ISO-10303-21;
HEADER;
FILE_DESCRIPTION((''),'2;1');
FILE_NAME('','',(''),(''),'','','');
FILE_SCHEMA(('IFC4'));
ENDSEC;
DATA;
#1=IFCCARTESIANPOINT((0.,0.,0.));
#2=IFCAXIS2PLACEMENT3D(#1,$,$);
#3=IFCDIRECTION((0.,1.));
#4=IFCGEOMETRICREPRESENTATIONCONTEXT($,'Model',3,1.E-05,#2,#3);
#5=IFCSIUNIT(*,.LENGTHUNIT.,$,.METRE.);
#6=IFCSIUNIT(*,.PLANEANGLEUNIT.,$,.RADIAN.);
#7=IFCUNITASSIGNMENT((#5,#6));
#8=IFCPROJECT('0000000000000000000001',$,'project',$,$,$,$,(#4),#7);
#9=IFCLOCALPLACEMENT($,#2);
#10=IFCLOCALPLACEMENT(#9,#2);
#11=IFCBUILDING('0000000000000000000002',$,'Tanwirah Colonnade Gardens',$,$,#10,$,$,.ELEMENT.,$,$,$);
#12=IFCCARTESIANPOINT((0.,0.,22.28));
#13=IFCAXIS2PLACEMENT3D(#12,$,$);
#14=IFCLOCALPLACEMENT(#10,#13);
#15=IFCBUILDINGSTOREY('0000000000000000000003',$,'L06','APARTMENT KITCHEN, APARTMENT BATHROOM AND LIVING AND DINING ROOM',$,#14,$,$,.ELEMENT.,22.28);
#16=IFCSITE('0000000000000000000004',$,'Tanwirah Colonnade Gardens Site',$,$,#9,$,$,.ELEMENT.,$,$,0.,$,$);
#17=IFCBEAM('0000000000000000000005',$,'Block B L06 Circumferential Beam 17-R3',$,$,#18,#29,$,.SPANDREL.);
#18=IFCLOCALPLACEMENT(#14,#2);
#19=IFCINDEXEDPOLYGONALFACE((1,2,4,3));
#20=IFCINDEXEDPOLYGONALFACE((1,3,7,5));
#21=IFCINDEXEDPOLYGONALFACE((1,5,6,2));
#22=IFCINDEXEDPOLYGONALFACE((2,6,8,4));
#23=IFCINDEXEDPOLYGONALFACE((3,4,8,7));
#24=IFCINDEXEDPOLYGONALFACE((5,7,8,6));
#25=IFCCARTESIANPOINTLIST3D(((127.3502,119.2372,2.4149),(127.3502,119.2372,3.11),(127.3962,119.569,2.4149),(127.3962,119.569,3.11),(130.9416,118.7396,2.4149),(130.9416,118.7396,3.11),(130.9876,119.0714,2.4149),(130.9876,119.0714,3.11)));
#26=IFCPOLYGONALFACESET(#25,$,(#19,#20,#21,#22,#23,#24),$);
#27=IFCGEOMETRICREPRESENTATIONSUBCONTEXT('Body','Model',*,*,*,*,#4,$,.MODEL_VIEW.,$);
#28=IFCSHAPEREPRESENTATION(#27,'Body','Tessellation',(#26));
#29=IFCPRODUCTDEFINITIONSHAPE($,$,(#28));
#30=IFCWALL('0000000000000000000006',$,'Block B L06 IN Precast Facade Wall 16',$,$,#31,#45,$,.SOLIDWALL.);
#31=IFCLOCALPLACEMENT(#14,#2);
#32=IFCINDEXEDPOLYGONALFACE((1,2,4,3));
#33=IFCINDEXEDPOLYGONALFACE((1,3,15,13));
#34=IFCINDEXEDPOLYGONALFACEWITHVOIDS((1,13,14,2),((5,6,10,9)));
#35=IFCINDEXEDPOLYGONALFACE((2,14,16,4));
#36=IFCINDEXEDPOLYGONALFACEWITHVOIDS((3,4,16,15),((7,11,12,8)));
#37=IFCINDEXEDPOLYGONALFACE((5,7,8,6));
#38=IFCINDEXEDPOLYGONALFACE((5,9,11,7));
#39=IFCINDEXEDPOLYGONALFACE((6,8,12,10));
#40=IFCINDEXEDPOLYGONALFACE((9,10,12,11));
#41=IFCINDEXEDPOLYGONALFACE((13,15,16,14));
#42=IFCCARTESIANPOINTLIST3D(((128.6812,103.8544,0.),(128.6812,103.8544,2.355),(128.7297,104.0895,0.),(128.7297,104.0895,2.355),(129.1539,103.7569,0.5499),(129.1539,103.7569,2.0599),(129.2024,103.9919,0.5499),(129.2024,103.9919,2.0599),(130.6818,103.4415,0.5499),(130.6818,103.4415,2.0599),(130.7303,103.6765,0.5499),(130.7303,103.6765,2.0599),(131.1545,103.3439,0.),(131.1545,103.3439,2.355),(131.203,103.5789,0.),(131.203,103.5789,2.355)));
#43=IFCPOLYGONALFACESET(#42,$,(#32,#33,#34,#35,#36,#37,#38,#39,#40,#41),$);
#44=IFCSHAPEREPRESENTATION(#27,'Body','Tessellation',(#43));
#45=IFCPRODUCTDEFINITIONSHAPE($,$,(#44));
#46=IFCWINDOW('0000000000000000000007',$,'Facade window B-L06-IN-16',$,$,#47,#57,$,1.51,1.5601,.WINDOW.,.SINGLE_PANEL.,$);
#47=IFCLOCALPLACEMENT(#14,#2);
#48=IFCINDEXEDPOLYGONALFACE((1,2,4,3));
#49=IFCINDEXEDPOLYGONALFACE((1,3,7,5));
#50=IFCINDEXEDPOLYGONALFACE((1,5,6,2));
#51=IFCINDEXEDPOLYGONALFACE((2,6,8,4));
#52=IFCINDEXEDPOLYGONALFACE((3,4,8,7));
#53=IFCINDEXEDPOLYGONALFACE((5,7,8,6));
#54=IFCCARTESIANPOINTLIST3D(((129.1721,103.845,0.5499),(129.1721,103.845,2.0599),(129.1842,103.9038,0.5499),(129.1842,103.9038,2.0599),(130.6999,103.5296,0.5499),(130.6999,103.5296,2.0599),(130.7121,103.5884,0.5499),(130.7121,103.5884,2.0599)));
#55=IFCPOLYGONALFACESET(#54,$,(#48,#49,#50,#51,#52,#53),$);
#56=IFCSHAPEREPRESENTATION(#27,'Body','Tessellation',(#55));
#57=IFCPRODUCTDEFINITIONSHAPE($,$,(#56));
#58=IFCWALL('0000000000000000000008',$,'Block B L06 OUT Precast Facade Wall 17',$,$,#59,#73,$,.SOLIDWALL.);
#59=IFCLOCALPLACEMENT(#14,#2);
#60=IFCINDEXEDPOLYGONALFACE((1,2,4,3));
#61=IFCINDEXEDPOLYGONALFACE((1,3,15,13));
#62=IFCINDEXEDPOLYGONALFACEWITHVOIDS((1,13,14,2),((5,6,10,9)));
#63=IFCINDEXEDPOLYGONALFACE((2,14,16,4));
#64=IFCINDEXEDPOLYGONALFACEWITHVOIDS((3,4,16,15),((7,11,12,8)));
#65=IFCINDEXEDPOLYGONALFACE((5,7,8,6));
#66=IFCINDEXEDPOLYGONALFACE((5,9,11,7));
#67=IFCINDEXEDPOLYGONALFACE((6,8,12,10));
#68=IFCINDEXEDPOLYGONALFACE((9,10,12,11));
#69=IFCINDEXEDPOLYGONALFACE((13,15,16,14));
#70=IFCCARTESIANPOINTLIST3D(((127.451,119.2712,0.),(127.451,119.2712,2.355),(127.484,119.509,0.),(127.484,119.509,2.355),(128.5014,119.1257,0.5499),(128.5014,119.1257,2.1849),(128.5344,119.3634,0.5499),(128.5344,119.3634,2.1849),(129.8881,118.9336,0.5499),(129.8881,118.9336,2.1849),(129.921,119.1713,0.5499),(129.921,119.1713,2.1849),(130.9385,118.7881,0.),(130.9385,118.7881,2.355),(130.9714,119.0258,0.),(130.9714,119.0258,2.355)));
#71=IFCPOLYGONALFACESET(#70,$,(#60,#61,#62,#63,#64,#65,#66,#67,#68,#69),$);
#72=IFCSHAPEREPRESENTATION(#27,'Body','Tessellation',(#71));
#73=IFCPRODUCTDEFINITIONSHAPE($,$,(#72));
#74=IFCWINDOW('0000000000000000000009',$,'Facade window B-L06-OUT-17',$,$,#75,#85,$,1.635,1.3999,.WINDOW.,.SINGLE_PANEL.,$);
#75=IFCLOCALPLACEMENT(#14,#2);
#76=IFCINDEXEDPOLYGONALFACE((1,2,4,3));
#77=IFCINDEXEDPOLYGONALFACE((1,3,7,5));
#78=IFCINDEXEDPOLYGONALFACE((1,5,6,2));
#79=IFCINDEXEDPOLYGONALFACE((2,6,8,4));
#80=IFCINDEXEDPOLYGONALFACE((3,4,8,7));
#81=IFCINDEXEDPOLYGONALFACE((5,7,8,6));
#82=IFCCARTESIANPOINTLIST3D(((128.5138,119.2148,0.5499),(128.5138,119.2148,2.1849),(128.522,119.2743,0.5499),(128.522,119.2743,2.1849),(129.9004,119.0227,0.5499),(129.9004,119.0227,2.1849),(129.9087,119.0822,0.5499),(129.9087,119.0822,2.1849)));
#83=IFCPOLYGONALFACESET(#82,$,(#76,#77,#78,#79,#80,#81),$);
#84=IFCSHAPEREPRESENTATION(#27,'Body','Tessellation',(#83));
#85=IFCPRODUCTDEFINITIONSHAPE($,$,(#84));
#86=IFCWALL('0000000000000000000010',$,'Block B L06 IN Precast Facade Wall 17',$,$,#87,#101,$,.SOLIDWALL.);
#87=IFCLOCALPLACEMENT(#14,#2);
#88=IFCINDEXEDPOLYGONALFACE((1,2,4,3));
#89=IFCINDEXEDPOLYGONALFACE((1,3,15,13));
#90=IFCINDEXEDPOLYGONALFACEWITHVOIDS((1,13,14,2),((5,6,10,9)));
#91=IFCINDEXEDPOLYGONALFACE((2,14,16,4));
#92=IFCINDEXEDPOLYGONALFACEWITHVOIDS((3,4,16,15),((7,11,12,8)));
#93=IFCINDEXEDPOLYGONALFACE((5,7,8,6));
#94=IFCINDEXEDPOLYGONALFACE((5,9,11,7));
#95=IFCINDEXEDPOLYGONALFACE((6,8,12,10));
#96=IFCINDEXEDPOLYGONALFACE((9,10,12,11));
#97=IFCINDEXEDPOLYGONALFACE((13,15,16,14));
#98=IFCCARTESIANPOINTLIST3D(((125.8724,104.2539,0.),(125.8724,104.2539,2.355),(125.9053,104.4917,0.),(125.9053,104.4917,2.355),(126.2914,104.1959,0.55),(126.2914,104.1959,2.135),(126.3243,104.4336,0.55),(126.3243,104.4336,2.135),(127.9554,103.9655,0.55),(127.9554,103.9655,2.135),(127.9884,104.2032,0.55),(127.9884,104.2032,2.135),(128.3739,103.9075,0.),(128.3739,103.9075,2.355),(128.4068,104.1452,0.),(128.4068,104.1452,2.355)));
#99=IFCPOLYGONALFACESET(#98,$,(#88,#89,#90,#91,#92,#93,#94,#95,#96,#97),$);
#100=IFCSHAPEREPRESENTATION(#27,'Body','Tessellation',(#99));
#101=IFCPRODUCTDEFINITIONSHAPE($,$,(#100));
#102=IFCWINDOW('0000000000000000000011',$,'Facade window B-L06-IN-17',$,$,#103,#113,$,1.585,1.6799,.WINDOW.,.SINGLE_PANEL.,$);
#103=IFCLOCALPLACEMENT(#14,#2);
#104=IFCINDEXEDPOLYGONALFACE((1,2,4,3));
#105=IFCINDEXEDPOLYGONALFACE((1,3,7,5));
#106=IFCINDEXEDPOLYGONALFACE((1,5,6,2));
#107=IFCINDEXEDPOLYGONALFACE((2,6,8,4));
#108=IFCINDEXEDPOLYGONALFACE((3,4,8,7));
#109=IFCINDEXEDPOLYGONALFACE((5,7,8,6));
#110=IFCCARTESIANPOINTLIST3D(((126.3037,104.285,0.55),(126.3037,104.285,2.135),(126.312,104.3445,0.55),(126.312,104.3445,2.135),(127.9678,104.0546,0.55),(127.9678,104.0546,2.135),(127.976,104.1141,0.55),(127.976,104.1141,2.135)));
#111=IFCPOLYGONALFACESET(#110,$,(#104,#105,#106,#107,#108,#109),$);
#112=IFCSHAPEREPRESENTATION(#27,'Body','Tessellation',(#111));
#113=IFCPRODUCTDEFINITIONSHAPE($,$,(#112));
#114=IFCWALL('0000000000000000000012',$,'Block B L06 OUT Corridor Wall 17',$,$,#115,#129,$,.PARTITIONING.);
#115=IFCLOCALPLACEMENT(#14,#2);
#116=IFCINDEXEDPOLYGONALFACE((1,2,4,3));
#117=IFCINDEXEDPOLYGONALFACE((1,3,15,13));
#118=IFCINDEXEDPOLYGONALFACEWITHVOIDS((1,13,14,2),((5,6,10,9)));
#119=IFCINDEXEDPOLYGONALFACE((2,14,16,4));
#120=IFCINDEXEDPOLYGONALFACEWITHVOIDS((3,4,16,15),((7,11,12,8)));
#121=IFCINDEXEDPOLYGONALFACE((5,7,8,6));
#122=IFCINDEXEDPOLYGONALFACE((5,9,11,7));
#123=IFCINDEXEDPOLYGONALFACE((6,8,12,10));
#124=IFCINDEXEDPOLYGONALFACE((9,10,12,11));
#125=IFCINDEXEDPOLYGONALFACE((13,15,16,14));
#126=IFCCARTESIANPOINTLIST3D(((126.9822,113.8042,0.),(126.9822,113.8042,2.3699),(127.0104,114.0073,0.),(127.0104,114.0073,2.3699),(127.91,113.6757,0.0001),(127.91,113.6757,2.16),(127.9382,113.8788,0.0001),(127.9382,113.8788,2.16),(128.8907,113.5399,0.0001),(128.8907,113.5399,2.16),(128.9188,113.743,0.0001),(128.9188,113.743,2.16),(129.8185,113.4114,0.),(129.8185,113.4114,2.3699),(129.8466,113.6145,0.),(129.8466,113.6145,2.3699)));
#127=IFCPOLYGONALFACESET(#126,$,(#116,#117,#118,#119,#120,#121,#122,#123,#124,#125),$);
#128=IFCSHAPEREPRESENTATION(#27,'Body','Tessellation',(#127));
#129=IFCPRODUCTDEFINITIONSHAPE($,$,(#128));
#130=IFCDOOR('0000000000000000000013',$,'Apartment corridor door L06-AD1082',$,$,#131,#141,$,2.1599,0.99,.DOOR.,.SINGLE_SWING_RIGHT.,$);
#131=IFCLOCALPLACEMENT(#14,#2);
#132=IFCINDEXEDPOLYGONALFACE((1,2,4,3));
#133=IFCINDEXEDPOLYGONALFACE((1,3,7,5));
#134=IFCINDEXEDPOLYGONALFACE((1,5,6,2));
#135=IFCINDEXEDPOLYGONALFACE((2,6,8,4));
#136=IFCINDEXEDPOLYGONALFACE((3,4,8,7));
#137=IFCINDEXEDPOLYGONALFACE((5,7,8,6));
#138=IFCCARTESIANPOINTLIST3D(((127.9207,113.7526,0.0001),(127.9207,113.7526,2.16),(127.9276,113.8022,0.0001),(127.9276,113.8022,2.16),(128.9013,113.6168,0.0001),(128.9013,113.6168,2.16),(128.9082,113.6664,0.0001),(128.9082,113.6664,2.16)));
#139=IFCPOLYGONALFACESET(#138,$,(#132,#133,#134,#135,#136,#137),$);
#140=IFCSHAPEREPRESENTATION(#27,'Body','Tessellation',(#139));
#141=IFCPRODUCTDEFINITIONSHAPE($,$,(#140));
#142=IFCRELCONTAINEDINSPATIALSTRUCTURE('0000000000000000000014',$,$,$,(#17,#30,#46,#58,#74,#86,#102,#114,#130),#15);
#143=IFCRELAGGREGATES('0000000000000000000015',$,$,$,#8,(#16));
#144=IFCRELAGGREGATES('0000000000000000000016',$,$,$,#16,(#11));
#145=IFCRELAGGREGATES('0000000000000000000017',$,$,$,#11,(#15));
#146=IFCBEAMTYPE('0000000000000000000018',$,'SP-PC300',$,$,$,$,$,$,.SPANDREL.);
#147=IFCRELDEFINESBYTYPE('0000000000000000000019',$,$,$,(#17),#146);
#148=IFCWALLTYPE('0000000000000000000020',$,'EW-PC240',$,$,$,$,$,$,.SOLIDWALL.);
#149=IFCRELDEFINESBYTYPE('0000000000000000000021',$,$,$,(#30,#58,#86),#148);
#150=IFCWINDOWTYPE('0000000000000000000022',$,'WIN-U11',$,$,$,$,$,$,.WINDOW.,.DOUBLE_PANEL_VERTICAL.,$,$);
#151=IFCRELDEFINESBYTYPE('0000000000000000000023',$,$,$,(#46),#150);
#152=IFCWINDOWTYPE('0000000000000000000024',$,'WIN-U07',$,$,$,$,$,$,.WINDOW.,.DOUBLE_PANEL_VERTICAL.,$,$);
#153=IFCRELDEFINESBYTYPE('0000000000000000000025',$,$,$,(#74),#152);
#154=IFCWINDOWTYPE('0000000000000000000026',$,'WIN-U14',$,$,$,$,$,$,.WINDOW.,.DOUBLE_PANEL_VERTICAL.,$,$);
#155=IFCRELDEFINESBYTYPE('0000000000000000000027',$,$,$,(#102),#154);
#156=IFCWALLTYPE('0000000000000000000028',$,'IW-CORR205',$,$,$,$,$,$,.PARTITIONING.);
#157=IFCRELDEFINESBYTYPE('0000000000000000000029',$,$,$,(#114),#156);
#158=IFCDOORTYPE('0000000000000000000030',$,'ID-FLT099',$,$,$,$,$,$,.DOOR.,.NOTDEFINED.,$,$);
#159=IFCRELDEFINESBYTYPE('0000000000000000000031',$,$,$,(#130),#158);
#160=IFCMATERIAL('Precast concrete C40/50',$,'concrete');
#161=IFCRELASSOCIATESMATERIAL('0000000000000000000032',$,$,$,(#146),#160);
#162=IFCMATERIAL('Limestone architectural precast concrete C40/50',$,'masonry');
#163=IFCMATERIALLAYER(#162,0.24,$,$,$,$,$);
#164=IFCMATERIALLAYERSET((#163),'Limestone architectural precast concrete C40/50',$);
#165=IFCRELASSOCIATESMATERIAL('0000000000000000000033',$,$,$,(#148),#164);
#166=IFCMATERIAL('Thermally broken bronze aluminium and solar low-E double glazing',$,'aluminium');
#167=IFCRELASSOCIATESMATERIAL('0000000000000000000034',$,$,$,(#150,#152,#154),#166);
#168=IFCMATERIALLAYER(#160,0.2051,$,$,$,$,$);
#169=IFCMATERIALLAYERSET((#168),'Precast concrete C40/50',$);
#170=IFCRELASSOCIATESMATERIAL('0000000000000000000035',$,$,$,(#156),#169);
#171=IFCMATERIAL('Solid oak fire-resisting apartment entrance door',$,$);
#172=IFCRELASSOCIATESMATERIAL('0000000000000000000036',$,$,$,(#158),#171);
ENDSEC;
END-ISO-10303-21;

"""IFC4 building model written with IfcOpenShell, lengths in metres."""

from ifc_helpers import new_model, si_unit, direction, frame, frame_2d, origin, origin_2d, place, context, subcontext, project, spatial, rectangle, extrude, material, layer, layer_set, material_profile, profile_set, type_object, element, fill, save


model = new_model("IFC4")

# Units and contexts
model_context = context("Model", 3, precision=1e-05, world=origin(), true_north=direction((0.0, 1.0)))
body_context = subcontext(model_context, "Body", "Model", "MODEL_VIEW")
ifc_project = project(units=[si_unit("LENGTHUNIT", "METRE"), si_unit("PLANEANGLEUNIT", "RADIAN")], contexts=[model_context])

# Site, building, storey
site_placement = place(None, origin())
site = spatial("IfcSite", under=ifc_project, at=site_placement, Name="Tanwirah Colonnade Gardens Site", CompositionType="ELEMENT", RefElevation=0.0)
building_placement = place(site_placement, origin())
building = spatial("IfcBuilding", under=site, at=building_placement, Name="Tanwirah Colonnade Gardens", CompositionType="ELEMENT")
storey_placement = place(building_placement, frame((0.0, 0.0, 22.28)))
storey = spatial("IfcBuildingStorey", under=building, at=storey_placement, Name="L06", Description="APARTMENT KITCHEN, APARTMENT BATHROOM AND LIVING AND DINING ROOM", CompositionType="ELEMENT", Elevation=22.28)

# Shared definitions
ifc_material_1 = material(Name="Precast concrete C40/50", Category="concrete")

# Beam
ifc_material_profile_1 = material_profile(ifc_material_1, rectangle(XDim=0.335, YDim=0.6951, at=origin_2d()), Name="PC-SP 335x695")
ifc_profile_set_1 = profile_set([ifc_material_profile_1], Name="Precast concrete C40/50")
beam_type_1 = type_object("IfcBeamType", Name="SP-PC300", PredefinedType="SPANDREL", material=ifc_profile_set_1)
beam_1_placement = place(storey_placement, frame((130.9646, 118.9055, 2.7625), z_axis=(-0.990539, 0.137234, 0.0), x_axis=(-0.137234, -0.990539, 0.0)))
element("IfcBeam", 1, at=beam_1_placement, inside=storey, type_object=beam_type_1, Name="Block B L06 Circumferential Beam 17-R3", PredefinedType="SPANDREL", context=body_context, shape_type="SweptSolid", body=[
    extrude(rectangle(XDim=0.335, YDim=0.6951, at=origin_2d()), origin(), (0.0, 0.0, 1.0), 3.6257),
])

# Walls, openings, windows
ifc_material_2 = material(Name="Limestone architectural precast concrete C40/50", Category="masonry")
ifc_layer_1 = layer(ifc_material_2, 0.24)
ifc_layer_set_1 = layer_set([ifc_layer_1], Name="Limestone architectural precast concrete C40/50")
wall_type_1 = type_object("IfcWallType", Name="EW-PC240", PredefinedType="SOLIDWALL", material=ifc_layer_set_1)
wall_1_placement = place(storey_placement, frame((131.1787, 103.4614, 0.0), z_axis=(0.0, 0.0, 1.0), x_axis=(-0.979354, 0.202155, 0.0)))
wall_1 = element("IfcWall", 2, at=wall_1_placement, inside=storey, type_object=wall_type_1, Name="Block B L06 IN Precast Facade Wall 16", PredefinedType="SOLIDWALL", context=body_context, shape_type="SweptSolid", body=[
    extrude(rectangle(XDim=2.5254, YDim=0.24, at=frame_2d((1.2627, 0.0))), origin(), (0.0, 0.0, 1.0), 2.355),
])
opening_1_placement = place(wall_1_placement, frame((0.4827, 0.0, 0.55)))
opening_1 = element("IfcOpeningElement", 3, at=opening_1_placement, cuts=wall_1, PredefinedType="OPENING", context=body_context, shape_type="SweptSolid", body=[
    extrude(rectangle(XDim=1.5601, YDim=1.51, at=frame_2d((0.78, 0.7549))), frame((0.0, 0.1299, 0.0), z_axis=(0.0, -1.0, 0.0), x_axis=(1.0, 0.0, 0.0)), (0.0, 0.0, 1.0), 0.26),
])
ifc_material_3 = material(Name="Thermally broken bronze aluminium and solar low-E double glazing", Category="aluminium")
window_type_1 = type_object("IfcWindowType", Name="WIN-U11", PartitioningType="DOUBLE_PANEL_VERTICAL", PredefinedType="WINDOW", material=ifc_material_3)
window_1_placement = place(opening_1_placement, origin())
window_1 = element("IfcWindow", 4, at=window_1_placement, inside=storey, type_object=window_type_1, Name="Facade window B-L06-IN-16", OverallHeight=1.51, OverallWidth=1.5601, PartitioningType="SINGLE_PANEL", PredefinedType="WINDOW", context=body_context, shape_type="SweptSolid", body=[
    extrude(rectangle(XDim=1.5601, YDim=1.51, at=frame_2d((0.78, 0.7549))), frame((0.0, 0.03, 0.0), z_axis=(0.0, -1.0, 0.0), x_axis=(1.0, 0.0, 0.0)), (0.0, 0.0, 1.0), 0.0601),
])
fill(opening_1, window_1)
wall_2_placement = place(storey_placement, frame((130.9548, 118.907, 0.0), z_axis=(0.0, 0.0, 1.0), x_axis=(-0.99054, 0.137226, 0.0)))
wall_2 = element("IfcWall", 5, at=wall_2_placement, inside=storey, type_object=wall_type_1, Name="Block B L06 OUT Precast Facade Wall 17", PredefinedType="SOLIDWALL", context=body_context, shape_type="SweptSolid", body=[
    extrude(rectangle(XDim=3.5208, YDim=0.24, at=frame_2d((1.7603, 0.0))), origin(), (0.0, 0.0, 1.0), 2.355),
])
opening_2_placement = place(wall_2_placement, frame((1.0603, 0.0, 0.55)))
opening_2 = element("IfcOpeningElement", 6, at=opening_2_placement, cuts=wall_2, PredefinedType="OPENING", context=body_context, shape_type="SweptSolid", body=[
    extrude(rectangle(XDim=1.3999, YDim=1.635, at=frame_2d((0.7, 0.8174))), frame((0.0, 0.1299, 0.0), z_axis=(0.0, -1.0, 0.0), x_axis=(1.0, 0.0, 0.0)), (0.0, 0.0, 1.0), 0.26),
])
window_type_2 = type_object("IfcWindowType", Name="WIN-U07", PartitioningType="DOUBLE_PANEL_VERTICAL", PredefinedType="WINDOW", material=ifc_material_3)
window_2_placement = place(opening_2_placement, origin())
window_2 = element("IfcWindow", 7, at=window_2_placement, inside=storey, type_object=window_type_2, Name="Facade window B-L06-OUT-17", OverallHeight=1.635, OverallWidth=1.3999, PartitioningType="SINGLE_PANEL", PredefinedType="WINDOW", context=body_context, shape_type="SweptSolid", body=[
    extrude(rectangle(XDim=1.3999, YDim=1.635, at=frame_2d((0.7, 0.8174))), frame((0.0, 0.03, 0.0), z_axis=(0.0, -1.0, 0.0), x_axis=(1.0, 0.0, 0.0)), (0.0, 0.0, 1.0), 0.0601),
])
fill(opening_2, window_2)
wall_3_placement = place(storey_placement, frame((128.3904, 104.0264, 0.0), z_axis=(0.0, 0.0, 1.0), x_axis=(-0.990546, 0.137184, 0.0)))
wall_3 = element("IfcWall", 8, at=wall_3_placement, inside=storey, type_object=wall_type_1, Name="Block B L06 IN Precast Facade Wall 17", PredefinedType="SOLIDWALL", context=body_context, shape_type="SweptSolid", body=[
    extrude(rectangle(XDim=2.5254, YDim=0.24, at=frame_2d((1.2627, 0.0))), origin(), (0.0, 0.0, 1.0), 2.355),
])
opening_3_placement = place(wall_3_placement, frame((0.4226, 0.0, 0.55)))
opening_3 = element("IfcOpeningElement", 9, at=opening_3_placement, cuts=wall_3, PredefinedType="OPENING", context=body_context, shape_type="SweptSolid", body=[
    extrude(rectangle(XDim=1.6799, YDim=1.585, at=frame_2d((0.8398, 0.7925))), frame((0.0, 0.1299, 0.0), z_axis=(0.0, -1.0, 0.0), x_axis=(1.0, 0.0, 0.0)), (0.0, 0.0, 1.0), 0.26),
])
window_type_3 = type_object("IfcWindowType", Name="WIN-U14", PartitioningType="DOUBLE_PANEL_VERTICAL", PredefinedType="WINDOW", material=ifc_material_3)
window_3_placement = place(opening_3_placement, origin())
window_3 = element("IfcWindow", 10, at=window_3_placement, inside=storey, type_object=window_type_3, Name="Facade window B-L06-IN-17", OverallHeight=1.585, OverallWidth=1.6799, PartitioningType="SINGLE_PANEL", PredefinedType="WINDOW", context=body_context, shape_type="SweptSolid", body=[
    extrude(rectangle(XDim=1.6799, YDim=1.585, at=frame_2d((0.8398, 0.7925))), frame((0.0, 0.03, 0.0), z_axis=(0.0, -1.0, 0.0), x_axis=(1.0, 0.0, 0.0)), (0.0, 0.0, 1.0), 0.0601),
])
fill(opening_3, window_3)

# Wall, opening, door
ifc_layer_2 = layer(ifc_material_1, 0.2051)
ifc_layer_set_2 = layer_set([ifc_layer_2], Name="Precast concrete C40/50")
wall_type_2 = type_object("IfcWallType", Name="IW-CORR205", PredefinedType="PARTITIONING", material=ifc_layer_set_2)
wall_4_placement = place(storey_placement, frame((129.8325, 113.5129, 0.0), z_axis=(0.0, 0.0, 1.0), x_axis=(-0.990544, 0.137194, 0.0)))
wall_4 = element("IfcWall", 11, at=wall_4_placement, inside=storey, type_object=wall_type_2, Name="Block B L06 OUT Corridor Wall 17", PredefinedType="PARTITIONING", context=body_context, shape_type="SweptSolid", body=[
    extrude(rectangle(XDim=2.8633, YDim=0.2051, at=frame_2d((1.4316, 0.0))), origin(), (0.0, 0.0, 1.0), 2.3699),
])
opening_4_placement = place(wall_4_placement, frame((0.9365, 0.0, 0.0)))
opening_4 = element("IfcOpeningElement", 12, at=opening_4_placement, cuts=wall_4, PredefinedType="OPENING", context=body_context, shape_type="SweptSolid", body=[
    extrude(rectangle(XDim=0.99, YDim=2.1599, at=frame_2d((0.4951, 1.0801))), frame((0.0, 0.1125, 0.0), z_axis=(0.0, -1.0, 0.0), x_axis=(1.0, 0.0, 0.0)), (0.0, 0.0, 1.0), 0.2251),
])
ifc_material_4 = material(Name="Solid oak fire-resisting apartment entrance door")
door_type_1 = type_object("IfcDoorType", Name="ID-FLT099", OperationType="NOTDEFINED", PredefinedType="DOOR", material=ifc_material_4)
door_1_placement = place(opening_4_placement, origin())
door_1 = element("IfcDoor", 13, at=door_1_placement, inside=storey, type_object=door_type_1, Name="Apartment corridor door L06-AD1082", OperationType="SINGLE_SWING_RIGHT", OverallHeight=2.1599, OverallWidth=0.99, PredefinedType="DOOR", context=body_context, shape_type="SweptSolid", body=[
    extrude(rectangle(XDim=0.99, YDim=2.1599, at=frame_2d((0.4951, 1.0801))), frame((0.0, 0.0249, 0.0), z_axis=(0.0, -1.0, 0.0), x_axis=(1.0, 0.0, 0.0)), (0.0, 0.0, 1.0), 0.05),
])
fill(opening_4, door_1)

save(model, "model.ifc")
